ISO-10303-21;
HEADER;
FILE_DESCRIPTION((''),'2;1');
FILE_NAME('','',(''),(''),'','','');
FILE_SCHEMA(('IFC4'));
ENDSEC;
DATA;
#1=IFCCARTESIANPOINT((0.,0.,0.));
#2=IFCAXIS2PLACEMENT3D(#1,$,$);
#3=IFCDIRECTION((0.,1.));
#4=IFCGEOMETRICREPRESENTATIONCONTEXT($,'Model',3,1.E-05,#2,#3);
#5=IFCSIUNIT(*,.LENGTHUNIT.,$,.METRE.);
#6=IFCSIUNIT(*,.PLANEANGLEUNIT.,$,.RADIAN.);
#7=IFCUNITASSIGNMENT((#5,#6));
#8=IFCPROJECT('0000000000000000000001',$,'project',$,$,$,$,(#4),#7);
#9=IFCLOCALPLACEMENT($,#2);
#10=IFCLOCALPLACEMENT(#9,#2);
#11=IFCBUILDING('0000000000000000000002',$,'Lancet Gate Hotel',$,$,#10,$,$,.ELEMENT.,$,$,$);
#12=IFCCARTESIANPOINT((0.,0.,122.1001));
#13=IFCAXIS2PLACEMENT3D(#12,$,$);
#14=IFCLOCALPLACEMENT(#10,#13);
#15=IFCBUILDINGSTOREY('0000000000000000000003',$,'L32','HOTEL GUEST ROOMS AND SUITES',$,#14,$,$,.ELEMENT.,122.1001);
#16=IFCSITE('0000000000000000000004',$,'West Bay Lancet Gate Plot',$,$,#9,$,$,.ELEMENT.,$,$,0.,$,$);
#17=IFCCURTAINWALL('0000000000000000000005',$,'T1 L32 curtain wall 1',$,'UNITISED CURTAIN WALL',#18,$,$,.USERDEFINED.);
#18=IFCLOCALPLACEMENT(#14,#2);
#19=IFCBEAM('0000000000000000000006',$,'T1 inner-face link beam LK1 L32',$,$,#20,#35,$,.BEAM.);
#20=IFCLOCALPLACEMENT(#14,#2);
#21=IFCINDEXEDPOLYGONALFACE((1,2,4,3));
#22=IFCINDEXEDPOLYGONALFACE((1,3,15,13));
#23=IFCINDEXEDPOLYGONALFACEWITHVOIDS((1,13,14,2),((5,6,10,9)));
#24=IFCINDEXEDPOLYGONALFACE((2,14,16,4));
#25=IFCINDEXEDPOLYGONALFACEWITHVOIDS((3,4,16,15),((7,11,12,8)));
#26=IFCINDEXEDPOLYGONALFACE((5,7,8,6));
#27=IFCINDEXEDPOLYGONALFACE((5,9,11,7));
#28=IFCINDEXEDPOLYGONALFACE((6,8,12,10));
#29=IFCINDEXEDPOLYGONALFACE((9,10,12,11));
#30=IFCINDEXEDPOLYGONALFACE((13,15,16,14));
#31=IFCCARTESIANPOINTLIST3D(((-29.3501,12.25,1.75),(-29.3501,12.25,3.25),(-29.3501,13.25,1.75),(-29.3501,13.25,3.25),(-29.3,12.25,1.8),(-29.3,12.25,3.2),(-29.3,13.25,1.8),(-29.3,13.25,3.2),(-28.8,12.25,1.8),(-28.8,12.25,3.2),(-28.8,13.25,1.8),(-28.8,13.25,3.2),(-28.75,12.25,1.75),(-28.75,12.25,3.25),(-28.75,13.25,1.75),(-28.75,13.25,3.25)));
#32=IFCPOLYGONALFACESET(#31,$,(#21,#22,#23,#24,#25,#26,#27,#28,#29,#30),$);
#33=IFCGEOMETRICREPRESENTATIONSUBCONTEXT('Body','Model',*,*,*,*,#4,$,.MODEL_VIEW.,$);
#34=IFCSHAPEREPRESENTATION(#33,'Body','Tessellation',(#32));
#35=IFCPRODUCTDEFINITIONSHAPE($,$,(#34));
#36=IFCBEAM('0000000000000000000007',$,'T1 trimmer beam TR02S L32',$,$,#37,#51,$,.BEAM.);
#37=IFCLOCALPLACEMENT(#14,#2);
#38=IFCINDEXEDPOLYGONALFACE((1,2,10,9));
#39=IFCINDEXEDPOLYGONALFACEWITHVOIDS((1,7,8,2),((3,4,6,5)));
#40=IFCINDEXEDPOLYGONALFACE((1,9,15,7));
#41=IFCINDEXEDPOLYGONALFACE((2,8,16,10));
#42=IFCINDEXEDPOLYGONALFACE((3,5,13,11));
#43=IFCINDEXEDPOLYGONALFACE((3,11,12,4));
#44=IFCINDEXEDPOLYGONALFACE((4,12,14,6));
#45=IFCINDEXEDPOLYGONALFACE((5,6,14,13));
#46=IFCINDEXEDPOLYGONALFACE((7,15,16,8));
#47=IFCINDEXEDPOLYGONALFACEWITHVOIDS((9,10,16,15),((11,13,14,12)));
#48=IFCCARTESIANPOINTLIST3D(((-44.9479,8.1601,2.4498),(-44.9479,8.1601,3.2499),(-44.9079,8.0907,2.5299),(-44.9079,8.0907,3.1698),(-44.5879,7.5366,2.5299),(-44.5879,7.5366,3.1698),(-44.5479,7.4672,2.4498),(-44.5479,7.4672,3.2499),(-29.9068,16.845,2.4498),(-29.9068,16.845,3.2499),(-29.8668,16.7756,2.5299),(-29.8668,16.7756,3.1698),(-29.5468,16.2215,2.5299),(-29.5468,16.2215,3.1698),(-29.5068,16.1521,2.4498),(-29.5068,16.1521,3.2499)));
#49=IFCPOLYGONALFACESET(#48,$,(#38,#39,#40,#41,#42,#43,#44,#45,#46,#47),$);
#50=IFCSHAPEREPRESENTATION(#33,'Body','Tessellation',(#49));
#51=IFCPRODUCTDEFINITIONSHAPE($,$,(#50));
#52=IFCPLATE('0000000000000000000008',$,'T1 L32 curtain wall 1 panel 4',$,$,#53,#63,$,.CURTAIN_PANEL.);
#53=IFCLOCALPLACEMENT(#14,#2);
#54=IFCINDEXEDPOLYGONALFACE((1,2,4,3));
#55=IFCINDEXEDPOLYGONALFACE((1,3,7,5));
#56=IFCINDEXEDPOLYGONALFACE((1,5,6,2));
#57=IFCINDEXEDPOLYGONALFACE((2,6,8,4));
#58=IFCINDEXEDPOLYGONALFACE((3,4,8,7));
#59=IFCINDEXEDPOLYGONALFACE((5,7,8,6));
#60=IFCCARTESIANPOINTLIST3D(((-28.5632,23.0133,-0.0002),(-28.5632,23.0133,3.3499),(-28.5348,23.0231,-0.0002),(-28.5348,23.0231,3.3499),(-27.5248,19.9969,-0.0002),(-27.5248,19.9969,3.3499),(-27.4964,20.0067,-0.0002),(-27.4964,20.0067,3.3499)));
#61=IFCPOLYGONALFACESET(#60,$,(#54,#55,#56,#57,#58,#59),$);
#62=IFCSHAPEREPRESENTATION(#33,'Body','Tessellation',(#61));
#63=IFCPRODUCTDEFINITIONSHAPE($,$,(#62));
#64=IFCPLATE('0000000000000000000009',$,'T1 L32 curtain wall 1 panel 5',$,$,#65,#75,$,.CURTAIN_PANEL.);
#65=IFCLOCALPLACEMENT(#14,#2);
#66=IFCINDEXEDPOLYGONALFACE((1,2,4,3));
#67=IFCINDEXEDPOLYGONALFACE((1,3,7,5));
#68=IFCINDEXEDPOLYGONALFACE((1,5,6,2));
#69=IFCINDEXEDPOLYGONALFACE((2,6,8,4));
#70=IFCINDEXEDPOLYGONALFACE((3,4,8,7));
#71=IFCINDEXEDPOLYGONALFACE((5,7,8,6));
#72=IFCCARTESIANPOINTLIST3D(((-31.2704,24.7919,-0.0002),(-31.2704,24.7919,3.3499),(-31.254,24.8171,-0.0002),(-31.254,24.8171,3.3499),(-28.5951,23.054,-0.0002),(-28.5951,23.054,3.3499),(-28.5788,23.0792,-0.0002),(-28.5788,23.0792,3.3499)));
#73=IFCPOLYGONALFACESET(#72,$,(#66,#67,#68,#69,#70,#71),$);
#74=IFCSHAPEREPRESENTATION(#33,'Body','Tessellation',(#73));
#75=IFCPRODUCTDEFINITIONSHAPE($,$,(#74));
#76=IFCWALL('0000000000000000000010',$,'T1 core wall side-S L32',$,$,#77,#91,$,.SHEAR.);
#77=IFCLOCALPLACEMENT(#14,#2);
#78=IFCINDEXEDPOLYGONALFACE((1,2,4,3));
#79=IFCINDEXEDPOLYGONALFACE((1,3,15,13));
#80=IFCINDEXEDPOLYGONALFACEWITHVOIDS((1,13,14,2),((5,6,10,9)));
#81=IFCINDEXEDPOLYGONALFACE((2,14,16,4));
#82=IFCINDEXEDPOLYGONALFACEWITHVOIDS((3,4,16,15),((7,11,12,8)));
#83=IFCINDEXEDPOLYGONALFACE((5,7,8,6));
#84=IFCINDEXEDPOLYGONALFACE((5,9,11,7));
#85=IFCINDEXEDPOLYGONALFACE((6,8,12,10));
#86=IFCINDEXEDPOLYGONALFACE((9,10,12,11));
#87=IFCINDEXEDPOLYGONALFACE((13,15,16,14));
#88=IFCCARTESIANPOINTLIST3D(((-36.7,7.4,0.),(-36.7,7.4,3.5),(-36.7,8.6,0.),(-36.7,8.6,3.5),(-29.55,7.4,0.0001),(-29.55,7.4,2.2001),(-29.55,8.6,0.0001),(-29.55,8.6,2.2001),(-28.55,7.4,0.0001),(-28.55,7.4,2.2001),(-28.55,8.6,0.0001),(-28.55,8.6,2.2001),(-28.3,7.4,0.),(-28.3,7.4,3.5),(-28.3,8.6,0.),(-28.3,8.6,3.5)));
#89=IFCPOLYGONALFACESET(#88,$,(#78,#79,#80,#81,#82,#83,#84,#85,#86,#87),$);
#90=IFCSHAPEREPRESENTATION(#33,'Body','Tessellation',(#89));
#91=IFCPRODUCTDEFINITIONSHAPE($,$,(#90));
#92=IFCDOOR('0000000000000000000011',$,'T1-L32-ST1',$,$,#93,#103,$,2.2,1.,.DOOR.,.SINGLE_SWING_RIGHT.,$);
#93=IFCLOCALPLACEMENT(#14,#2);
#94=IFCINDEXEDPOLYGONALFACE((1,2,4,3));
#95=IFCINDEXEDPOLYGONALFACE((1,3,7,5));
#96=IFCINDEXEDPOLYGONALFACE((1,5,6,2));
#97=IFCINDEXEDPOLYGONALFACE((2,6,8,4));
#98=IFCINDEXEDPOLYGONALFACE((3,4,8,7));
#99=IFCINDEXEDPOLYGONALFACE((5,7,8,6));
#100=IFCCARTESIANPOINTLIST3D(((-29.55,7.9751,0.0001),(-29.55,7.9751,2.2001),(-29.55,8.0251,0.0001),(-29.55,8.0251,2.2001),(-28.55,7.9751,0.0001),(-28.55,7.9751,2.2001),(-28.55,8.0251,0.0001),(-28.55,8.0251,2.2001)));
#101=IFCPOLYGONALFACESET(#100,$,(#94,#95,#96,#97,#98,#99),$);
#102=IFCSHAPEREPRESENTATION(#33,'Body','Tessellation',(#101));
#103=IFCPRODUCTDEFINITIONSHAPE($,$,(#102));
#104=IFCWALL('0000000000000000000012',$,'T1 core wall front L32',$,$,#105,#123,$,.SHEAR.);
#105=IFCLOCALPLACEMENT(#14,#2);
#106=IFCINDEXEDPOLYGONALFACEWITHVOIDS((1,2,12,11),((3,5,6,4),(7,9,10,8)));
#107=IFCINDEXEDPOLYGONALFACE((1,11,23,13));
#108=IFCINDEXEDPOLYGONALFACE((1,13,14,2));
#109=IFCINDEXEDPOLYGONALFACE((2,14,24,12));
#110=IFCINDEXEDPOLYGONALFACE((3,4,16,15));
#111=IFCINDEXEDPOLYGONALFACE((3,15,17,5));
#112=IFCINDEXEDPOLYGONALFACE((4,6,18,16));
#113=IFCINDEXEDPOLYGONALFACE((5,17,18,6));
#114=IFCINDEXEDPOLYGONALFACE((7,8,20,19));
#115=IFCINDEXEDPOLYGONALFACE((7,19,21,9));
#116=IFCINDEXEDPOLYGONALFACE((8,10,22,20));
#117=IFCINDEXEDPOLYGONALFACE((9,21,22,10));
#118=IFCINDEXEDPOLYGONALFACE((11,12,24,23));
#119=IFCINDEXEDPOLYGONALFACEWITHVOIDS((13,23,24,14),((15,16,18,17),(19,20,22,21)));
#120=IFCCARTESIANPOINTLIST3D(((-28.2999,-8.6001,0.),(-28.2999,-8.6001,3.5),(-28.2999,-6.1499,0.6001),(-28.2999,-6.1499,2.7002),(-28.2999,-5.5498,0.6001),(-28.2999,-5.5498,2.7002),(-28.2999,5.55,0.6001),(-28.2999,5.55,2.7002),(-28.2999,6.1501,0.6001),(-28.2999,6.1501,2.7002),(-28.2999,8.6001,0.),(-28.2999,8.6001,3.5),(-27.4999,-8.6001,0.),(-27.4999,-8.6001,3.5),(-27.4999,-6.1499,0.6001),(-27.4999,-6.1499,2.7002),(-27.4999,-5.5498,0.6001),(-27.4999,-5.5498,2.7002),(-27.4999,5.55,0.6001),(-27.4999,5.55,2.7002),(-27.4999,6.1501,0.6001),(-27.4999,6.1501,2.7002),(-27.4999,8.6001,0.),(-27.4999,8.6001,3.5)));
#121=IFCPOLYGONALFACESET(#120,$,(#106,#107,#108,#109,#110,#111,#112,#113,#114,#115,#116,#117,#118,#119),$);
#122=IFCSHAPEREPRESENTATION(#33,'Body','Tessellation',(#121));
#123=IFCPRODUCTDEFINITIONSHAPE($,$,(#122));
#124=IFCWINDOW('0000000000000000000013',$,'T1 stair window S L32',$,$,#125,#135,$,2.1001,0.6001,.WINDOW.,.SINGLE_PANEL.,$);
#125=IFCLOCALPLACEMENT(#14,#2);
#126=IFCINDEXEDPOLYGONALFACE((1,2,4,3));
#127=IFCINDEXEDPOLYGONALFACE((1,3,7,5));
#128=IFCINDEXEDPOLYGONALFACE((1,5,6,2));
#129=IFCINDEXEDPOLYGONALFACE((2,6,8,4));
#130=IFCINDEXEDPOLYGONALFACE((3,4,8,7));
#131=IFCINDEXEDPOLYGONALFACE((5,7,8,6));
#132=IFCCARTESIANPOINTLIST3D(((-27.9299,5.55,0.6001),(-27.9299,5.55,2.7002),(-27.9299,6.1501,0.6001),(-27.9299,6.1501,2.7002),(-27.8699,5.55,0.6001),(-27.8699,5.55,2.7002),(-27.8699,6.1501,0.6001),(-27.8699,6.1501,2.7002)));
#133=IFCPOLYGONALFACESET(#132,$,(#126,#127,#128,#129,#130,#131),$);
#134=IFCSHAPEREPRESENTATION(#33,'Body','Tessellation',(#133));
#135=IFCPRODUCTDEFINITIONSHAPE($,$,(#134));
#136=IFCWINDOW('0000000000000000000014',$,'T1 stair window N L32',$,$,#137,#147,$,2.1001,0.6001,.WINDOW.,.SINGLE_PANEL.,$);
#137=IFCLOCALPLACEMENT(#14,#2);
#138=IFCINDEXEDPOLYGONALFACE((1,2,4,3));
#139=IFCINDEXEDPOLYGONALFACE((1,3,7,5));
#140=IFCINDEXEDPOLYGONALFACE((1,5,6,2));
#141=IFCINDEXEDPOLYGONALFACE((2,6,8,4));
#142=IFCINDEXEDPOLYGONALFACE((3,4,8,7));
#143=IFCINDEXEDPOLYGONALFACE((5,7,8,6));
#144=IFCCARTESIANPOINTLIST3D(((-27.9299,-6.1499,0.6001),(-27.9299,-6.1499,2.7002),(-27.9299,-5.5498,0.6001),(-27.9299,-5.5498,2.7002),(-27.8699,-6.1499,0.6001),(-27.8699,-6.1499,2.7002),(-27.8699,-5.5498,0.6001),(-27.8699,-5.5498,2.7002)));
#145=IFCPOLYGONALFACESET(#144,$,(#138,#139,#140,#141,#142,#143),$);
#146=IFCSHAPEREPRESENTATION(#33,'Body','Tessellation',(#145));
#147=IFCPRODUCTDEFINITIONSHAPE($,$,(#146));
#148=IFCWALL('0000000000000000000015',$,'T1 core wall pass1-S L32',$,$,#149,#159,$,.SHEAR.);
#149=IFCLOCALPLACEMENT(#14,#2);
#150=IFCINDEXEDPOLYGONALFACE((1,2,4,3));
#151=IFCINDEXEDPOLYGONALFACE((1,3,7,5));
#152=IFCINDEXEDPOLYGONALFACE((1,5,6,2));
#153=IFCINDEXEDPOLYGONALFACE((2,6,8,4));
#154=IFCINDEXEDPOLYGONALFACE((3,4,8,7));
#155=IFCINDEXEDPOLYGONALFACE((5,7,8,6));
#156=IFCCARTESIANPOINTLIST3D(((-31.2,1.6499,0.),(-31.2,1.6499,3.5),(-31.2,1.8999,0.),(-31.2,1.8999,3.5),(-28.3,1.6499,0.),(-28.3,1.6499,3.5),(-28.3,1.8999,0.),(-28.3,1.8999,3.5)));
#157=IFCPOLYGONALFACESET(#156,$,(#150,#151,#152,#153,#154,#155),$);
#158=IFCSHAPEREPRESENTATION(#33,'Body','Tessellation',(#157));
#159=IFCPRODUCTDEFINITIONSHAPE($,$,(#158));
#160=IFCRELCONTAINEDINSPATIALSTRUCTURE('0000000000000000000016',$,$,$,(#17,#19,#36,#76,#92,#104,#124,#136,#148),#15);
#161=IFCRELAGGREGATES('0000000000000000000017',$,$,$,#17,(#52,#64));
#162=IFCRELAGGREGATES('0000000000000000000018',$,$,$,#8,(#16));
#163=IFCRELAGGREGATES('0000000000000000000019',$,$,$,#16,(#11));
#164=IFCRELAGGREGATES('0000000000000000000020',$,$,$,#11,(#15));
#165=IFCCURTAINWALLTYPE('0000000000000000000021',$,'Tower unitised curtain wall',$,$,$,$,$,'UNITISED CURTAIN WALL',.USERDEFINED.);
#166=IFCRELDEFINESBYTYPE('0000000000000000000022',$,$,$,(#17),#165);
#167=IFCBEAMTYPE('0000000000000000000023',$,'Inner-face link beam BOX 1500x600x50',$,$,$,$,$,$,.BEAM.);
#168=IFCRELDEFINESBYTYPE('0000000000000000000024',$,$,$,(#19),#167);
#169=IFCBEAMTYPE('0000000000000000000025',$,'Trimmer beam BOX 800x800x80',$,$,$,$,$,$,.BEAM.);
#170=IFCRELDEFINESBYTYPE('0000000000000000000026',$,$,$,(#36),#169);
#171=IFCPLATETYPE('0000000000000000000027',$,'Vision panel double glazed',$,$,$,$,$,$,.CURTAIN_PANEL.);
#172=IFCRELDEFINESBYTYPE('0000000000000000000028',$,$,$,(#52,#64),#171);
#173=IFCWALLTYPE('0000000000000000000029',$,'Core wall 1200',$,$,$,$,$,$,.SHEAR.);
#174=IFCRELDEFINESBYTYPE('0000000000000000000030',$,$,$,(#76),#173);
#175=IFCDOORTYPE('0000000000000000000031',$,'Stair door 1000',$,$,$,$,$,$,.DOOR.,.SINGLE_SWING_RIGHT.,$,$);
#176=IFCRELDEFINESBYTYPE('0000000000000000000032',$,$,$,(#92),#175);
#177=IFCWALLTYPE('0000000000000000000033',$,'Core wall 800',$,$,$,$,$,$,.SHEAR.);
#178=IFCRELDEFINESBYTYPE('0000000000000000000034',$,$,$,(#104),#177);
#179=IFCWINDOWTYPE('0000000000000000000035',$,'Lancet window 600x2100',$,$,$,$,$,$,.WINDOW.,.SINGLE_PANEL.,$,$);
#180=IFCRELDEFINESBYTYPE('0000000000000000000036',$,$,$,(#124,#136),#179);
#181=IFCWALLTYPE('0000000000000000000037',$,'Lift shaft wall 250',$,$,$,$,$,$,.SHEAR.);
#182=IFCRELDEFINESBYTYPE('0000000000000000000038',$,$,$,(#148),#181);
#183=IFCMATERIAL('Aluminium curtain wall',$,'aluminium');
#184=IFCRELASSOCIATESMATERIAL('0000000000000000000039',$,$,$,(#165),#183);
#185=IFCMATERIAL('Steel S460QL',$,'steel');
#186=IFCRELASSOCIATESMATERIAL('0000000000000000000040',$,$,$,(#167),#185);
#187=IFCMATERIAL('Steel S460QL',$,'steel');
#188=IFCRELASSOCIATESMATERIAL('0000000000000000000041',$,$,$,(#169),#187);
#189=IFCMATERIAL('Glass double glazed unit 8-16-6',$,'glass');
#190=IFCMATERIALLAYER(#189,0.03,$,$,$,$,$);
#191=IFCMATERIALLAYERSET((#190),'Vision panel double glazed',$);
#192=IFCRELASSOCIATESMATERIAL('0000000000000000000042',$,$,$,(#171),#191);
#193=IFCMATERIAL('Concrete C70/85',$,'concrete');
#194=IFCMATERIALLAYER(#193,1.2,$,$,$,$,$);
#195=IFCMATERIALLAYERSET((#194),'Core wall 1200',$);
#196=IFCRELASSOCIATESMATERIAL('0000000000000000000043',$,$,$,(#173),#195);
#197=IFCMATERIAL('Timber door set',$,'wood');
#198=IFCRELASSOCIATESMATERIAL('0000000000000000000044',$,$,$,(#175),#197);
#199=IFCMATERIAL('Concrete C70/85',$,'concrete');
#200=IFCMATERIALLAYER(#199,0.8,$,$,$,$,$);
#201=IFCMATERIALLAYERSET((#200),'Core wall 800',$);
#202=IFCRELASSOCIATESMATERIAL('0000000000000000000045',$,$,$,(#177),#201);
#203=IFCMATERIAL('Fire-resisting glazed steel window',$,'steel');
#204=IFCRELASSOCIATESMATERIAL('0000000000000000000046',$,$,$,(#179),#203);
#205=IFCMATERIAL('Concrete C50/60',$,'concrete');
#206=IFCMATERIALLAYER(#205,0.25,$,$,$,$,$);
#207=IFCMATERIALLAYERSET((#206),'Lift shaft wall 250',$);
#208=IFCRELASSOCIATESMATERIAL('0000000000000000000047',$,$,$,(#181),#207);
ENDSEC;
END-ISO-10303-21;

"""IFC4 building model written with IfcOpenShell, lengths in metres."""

from ifc_helpers import new_model, si_unit, direction, frame, frame_2d, origin, origin_2d, place, context, subcontext, project, spatial, rectangle, hollow_rectangle, extrude, material, layer, layer_set, material_profile, profile_set, type_object, element, fill, aggregate, save


model = new_model("IFC4")

# Units and contexts
model_context = context("Model", 3, precision=1e-05, world=origin(), true_north=direction((0.0, 1.0)))
body_context = subcontext(model_context, "Body", "Model", "MODEL_VIEW")
ifc_project = project(units=[si_unit("LENGTHUNIT", "METRE"), si_unit("PLANEANGLEUNIT", "RADIAN")], contexts=[model_context])

# Site, building, storey
site_placement = place(None, origin())
site = spatial("IfcSite", under=ifc_project, at=site_placement, Name="West Bay Lancet Gate Plot", CompositionType="ELEMENT", RefElevation=0.0)
building_placement = place(site_placement, origin())
building = spatial("IfcBuilding", under=site, at=building_placement, Name="Lancet Gate Hotel", CompositionType="ELEMENT")
storey_placement = place(building_placement, frame((0.0, 0.0, 122.1001)))
storey = spatial("IfcBuildingStorey", under=building, at=storey_placement, Name="L32", Description="HOTEL GUEST ROOMS AND SUITES", CompositionType="ELEMENT", Elevation=122.1001)

# Curtain wall
ifc_material_1 = material(Name="Aluminium curtain wall", Category="aluminium")
curtain_wall_type = type_object("IfcCurtainWallType", Name="Tower unitised curtain wall", ElementType="UNITISED CURTAIN WALL", PredefinedType="USERDEFINED", material=ifc_material_1)
curtain_wall_placement = place(storey_placement, origin())
curtain_wall = element("IfcCurtainWall", 1, at=curtain_wall_placement, inside=storey, type_object=curtain_wall_type, Name="T1 L32 curtain wall 1", ObjectType="UNITISED CURTAIN WALL", PredefinedType="USERDEFINED")

# Beams
ifc_material_2 = material(Name="Steel S460QL", Category="steel")
ifc_material_profile_1 = material_profile(ifc_material_2, hollow_rectangle(XDim=0.6001, YDim=1.5, WallThickness=0.05, at=origin_2d()), Name="BOX 1500x600x50")
ifc_profile_set_1 = profile_set([ifc_material_profile_1], Name="Steel S460QL")
beam_type_1 = type_object("IfcBeamType", Name="Inner-face link beam BOX 1500x600x50", PredefinedType="BEAM", material=ifc_profile_set_1)
beam_1_placement = place(storey_placement, frame((-29.05, 13.25, 2.5), z_axis=(0.0, -1.0, 0.0), x_axis=(1.0, 0.0, 0.0)))
element("IfcBeam", 2, at=beam_1_placement, inside=storey, type_object=beam_type_1, Name="T1 inner-face link beam LK1 L32", PredefinedType="BEAM", context=body_context, shape_type="SweptSolid", body=[
    extrude(hollow_rectangle(XDim=0.6001, YDim=1.5, WallThickness=0.05, at=origin_2d()), origin(), (0.0, 0.0, 1.0), 1.0),
])
ifc_material_3 = material(Name="Steel S460QL", Category="steel")
ifc_material_profile_2 = material_profile(ifc_material_3, hollow_rectangle(XDim=0.8, YDim=0.8, WallThickness=0.0801, at=origin_2d()), Name="BOX 800x800x80")
ifc_profile_set_2 = profile_set([ifc_material_profile_2], Name="Steel S460QL")
beam_type_2 = type_object("IfcBeamType", Name="Trimmer beam BOX 800x800x80", PredefinedType="BEAM", material=ifc_profile_set_2)
beam_2_placement = place(storey_placement, frame((-29.7068, 16.4985, 2.8499), z_axis=(-0.866003, -0.500038, 0.0), x_axis=(0.500038, -0.866003, 0.0)))
element("IfcBeam", 3, at=beam_2_placement, inside=storey, type_object=beam_type_2, Name="T1 trimmer beam TR02S L32", PredefinedType="BEAM", context=body_context, shape_type="SweptSolid", body=[
    extrude(hollow_rectangle(XDim=0.8, YDim=0.8, WallThickness=0.0801, at=origin_2d()), origin(), (0.0, 0.0, 1.0), 17.3684),
])

# Plates
ifc_material_4 = material(Name="Glass double glazed unit 8-16-6", Category="glass")
ifc_layer_1 = layer(ifc_material_4, 0.03)
ifc_layer_set_1 = layer_set([ifc_layer_1], Name="Vision panel double glazed")
plate_type = type_object("IfcPlateType", Name="Vision panel double glazed", PredefinedType="CURTAIN_PANEL", material=ifc_layer_set_1)
plate_1_placement = place(storey_placement, frame((-28.0298, 21.51, -0.0002), z_axis=(0.0, 0.0, 1.0), x_axis=(-0.325516, 0.945537, 0.0)))
plate_1 = element("IfcPlate", 4, at=plate_1_placement, type_object=plate_type, Name="T1 L32 curtain wall 1 panel 4", PredefinedType="CURTAIN_PANEL", context=body_context, shape_type="SweptSolid", body=[
    extrude(rectangle(XDim=3.1902, YDim=0.03, at=origin_2d()), origin(), (0.0, 0.0, 1.0), 3.3501),
])
plate_2_placement = place(storey_placement, frame((-29.9246, 23.9355, -0.0002), z_axis=(0.0, 0.0, 1.0), x_axis=(-0.83858, 0.544778, 0.0)))
plate_2 = element("IfcPlate", 5, at=plate_2_placement, type_object=plate_type, Name="T1 L32 curtain wall 1 panel 5", PredefinedType="CURTAIN_PANEL", context=body_context, shape_type="SweptSolid", body=[
    extrude(rectangle(XDim=3.1902, YDim=0.03, at=origin_2d()), origin(), (0.0, 0.0, 1.0), 3.3501),
])
aggregate(curtain_wall, [plate_1, plate_2])

# Wall, opening, door
ifc_material_5 = material(Name="Concrete C70/85", Category="concrete")
ifc_layer_2 = layer(ifc_material_5, 1.2)
ifc_layer_set_2 = layer_set([ifc_layer_2], Name="Core wall 1200")
wall_type_1 = type_object("IfcWallType", Name="Core wall 1200", PredefinedType="SHEAR", material=ifc_layer_set_2)
wall_1_placement = place(storey_placement, frame((-28.3, 8.0, 0.0), z_axis=(0.0, 0.0, 1.0), x_axis=(-1.0, 0.0, 0.0)))
wall_1 = element("IfcWall", 6, at=wall_1_placement, inside=storey, type_object=wall_type_1, Name="T1 core wall side-S L32", PredefinedType="SHEAR", context=body_context, shape_type="SweptSolid", body=[
    extrude(rectangle(XDim=8.3999, YDim=1.2, at=frame_2d((4.2, 0.0))), origin(), (0.0, 0.0, 1.0), 3.5),
])
opening_1_placement = place(wall_1_placement, frame((0.25, 0.0, 0.0)))
opening_1 = element("IfcOpeningElement", 7, at=opening_1_placement, cuts=wall_1, PredefinedType="OPENING", context=body_context, shape_type="SweptSolid", body=[
    extrude(rectangle(XDim=1.0, YDim=2.2, at=frame_2d((0.5, 1.1001))), frame((0.0, 0.6099, 0.0), z_axis=(0.0, -1.0, 0.0), x_axis=(1.0, 0.0, 0.0)), (0.0, 0.0, 1.0), 1.22),
])
ifc_material_6 = material(Name="Timber door set", Category="wood")
door_type = type_object("IfcDoorType", Name="Stair door 1000", OperationType="SINGLE_SWING_RIGHT", PredefinedType="DOOR", material=ifc_material_6)
door_placement = place(opening_1_placement, origin())
door = element("IfcDoor", 8, at=door_placement, inside=storey, type_object=door_type, Name="T1-L32-ST1", OperationType="SINGLE_SWING_RIGHT", OverallHeight=2.2, OverallWidth=1.0, PredefinedType="DOOR", context=body_context, shape_type="SweptSolid", body=[
    extrude(rectangle(XDim=1.0, YDim=2.2, at=frame_2d((0.5, 1.1001))), frame((0.0, 0.0249, 0.0), z_axis=(0.0, -1.0, 0.0), x_axis=(1.0, 0.0, 0.0)), (0.0, 0.0, 1.0), 0.05),
])
fill(opening_1, door)

# Wall, openings, windows
ifc_material_7 = material(Name="Concrete C70/85", Category="concrete")
ifc_layer_3 = layer(ifc_material_7, 0.8)
ifc_layer_set_3 = layer_set([ifc_layer_3], Name="Core wall 800")
wall_type_2 = type_object("IfcWallType", Name="Core wall 800", PredefinedType="SHEAR", material=ifc_layer_set_3)
wall_2_placement = place(storey_placement, frame((-27.8999, 8.6001, 0.0), z_axis=(0.0, 0.0, 1.0), x_axis=(0.0, -1.0, 0.0)))
wall_2 = element("IfcWall", 9, at=wall_2_placement, inside=storey, type_object=wall_type_2, Name="T1 core wall front L32", PredefinedType="SHEAR", context=body_context, shape_type="SweptSolid", body=[
    extrude(rectangle(XDim=17.2002, YDim=0.8, at=frame_2d((8.6001, 0.0))), origin(), (0.0, 0.0, 1.0), 3.5),
])
opening_2_placement = place(wall_2_placement, frame((2.45, 0.0, 0.6001)))
opening_2 = element("IfcOpeningElement", 10, at=opening_2_placement, cuts=wall_2, PredefinedType="OPENING", context=body_context, shape_type="SweptSolid", body=[
    extrude(rectangle(XDim=0.6001, YDim=2.1001, at=frame_2d((0.3, 1.05))), frame((0.0, 0.4099, 0.0), z_axis=(0.0, -1.0, 0.0), x_axis=(1.0, 0.0, 0.0)), (0.0, 0.0, 1.0), 0.8201),
])
opening_3_placement = place(wall_2_placement, frame((14.1499, 0.0, 0.6001)))
opening_3 = element("IfcOpeningElement", 11, at=opening_3_placement, cuts=wall_2, PredefinedType="OPENING", context=body_context, shape_type="SweptSolid", body=[
    extrude(rectangle(XDim=0.6001, YDim=2.1001, at=frame_2d((0.3, 1.05))), frame((0.0, 0.4099, 0.0), z_axis=(0.0, -1.0, 0.0), x_axis=(1.0, 0.0, 0.0)), (0.0, 0.0, 1.0), 0.8201),
])
ifc_material_8 = material(Name="Fire-resisting glazed steel window", Category="steel")
window_type = type_object("IfcWindowType", Name="Lancet window 600x2100", PartitioningType="SINGLE_PANEL", PredefinedType="WINDOW", material=ifc_material_8)
window_1_placement = place(opening_2_placement, origin())
window_1 = element("IfcWindow", 12, at=window_1_placement, inside=storey, type_object=window_type, Name="T1 stair window S L32", OverallHeight=2.1001, OverallWidth=0.6001, PartitioningType="SINGLE_PANEL", PredefinedType="WINDOW", context=body_context, shape_type="SweptSolid", body=[
    extrude(rectangle(XDim=0.6001, YDim=2.1001, at=frame_2d((0.3, 1.05))), frame((0.0, 0.03, 0.0), z_axis=(0.0, -1.0, 0.0), x_axis=(1.0, 0.0, 0.0)), (0.0, 0.0, 1.0), 0.0601),
])
fill(opening_2, window_1)
window_2_placement = place(opening_3_placement, origin())
window_2 = element("IfcWindow", 13, at=window_2_placement, inside=storey, type_object=window_type, Name="T1 stair window N L32", OverallHeight=2.1001, OverallWidth=0.6001, PartitioningType="SINGLE_PANEL", PredefinedType="WINDOW", context=body_context, shape_type="SweptSolid", body=[
    extrude(rectangle(XDim=0.6001, YDim=2.1001, at=frame_2d((0.3, 1.05))), frame((0.0, 0.03, 0.0), z_axis=(0.0, -1.0, 0.0), x_axis=(1.0, 0.0, 0.0)), (0.0, 0.0, 1.0), 0.0601),
])
fill(opening_3, window_2)

# Wall
ifc_material_9 = material(Name="Concrete C50/60", Category="concrete")
ifc_layer_4 = layer(ifc_material_9, 0.25)
ifc_layer_set_4 = layer_set([ifc_layer_4], Name="Lift shaft wall 250")
wall_type_3 = type_object("IfcWallType", Name="Lift shaft wall 250", PredefinedType="SHEAR", material=ifc_layer_set_4)
wall_3_placement = place(storey_placement, frame((-28.3, 1.7749, 0.0), z_axis=(0.0, 0.0, 1.0), x_axis=(-1.0, 0.0, 0.0)))
element("IfcWall", 14, at=wall_3_placement, inside=storey, type_object=wall_type_3, Name="T1 core wall pass1-S L32", PredefinedType="SHEAR", context=body_context, shape_type="SweptSolid", body=[
    extrude(rectangle(XDim=2.8999, YDim=0.25, at=frame_2d((1.45, 0.0))), origin(), (0.0, 0.0, 1.0), 3.5),
])

save(model, "model.ifc")
